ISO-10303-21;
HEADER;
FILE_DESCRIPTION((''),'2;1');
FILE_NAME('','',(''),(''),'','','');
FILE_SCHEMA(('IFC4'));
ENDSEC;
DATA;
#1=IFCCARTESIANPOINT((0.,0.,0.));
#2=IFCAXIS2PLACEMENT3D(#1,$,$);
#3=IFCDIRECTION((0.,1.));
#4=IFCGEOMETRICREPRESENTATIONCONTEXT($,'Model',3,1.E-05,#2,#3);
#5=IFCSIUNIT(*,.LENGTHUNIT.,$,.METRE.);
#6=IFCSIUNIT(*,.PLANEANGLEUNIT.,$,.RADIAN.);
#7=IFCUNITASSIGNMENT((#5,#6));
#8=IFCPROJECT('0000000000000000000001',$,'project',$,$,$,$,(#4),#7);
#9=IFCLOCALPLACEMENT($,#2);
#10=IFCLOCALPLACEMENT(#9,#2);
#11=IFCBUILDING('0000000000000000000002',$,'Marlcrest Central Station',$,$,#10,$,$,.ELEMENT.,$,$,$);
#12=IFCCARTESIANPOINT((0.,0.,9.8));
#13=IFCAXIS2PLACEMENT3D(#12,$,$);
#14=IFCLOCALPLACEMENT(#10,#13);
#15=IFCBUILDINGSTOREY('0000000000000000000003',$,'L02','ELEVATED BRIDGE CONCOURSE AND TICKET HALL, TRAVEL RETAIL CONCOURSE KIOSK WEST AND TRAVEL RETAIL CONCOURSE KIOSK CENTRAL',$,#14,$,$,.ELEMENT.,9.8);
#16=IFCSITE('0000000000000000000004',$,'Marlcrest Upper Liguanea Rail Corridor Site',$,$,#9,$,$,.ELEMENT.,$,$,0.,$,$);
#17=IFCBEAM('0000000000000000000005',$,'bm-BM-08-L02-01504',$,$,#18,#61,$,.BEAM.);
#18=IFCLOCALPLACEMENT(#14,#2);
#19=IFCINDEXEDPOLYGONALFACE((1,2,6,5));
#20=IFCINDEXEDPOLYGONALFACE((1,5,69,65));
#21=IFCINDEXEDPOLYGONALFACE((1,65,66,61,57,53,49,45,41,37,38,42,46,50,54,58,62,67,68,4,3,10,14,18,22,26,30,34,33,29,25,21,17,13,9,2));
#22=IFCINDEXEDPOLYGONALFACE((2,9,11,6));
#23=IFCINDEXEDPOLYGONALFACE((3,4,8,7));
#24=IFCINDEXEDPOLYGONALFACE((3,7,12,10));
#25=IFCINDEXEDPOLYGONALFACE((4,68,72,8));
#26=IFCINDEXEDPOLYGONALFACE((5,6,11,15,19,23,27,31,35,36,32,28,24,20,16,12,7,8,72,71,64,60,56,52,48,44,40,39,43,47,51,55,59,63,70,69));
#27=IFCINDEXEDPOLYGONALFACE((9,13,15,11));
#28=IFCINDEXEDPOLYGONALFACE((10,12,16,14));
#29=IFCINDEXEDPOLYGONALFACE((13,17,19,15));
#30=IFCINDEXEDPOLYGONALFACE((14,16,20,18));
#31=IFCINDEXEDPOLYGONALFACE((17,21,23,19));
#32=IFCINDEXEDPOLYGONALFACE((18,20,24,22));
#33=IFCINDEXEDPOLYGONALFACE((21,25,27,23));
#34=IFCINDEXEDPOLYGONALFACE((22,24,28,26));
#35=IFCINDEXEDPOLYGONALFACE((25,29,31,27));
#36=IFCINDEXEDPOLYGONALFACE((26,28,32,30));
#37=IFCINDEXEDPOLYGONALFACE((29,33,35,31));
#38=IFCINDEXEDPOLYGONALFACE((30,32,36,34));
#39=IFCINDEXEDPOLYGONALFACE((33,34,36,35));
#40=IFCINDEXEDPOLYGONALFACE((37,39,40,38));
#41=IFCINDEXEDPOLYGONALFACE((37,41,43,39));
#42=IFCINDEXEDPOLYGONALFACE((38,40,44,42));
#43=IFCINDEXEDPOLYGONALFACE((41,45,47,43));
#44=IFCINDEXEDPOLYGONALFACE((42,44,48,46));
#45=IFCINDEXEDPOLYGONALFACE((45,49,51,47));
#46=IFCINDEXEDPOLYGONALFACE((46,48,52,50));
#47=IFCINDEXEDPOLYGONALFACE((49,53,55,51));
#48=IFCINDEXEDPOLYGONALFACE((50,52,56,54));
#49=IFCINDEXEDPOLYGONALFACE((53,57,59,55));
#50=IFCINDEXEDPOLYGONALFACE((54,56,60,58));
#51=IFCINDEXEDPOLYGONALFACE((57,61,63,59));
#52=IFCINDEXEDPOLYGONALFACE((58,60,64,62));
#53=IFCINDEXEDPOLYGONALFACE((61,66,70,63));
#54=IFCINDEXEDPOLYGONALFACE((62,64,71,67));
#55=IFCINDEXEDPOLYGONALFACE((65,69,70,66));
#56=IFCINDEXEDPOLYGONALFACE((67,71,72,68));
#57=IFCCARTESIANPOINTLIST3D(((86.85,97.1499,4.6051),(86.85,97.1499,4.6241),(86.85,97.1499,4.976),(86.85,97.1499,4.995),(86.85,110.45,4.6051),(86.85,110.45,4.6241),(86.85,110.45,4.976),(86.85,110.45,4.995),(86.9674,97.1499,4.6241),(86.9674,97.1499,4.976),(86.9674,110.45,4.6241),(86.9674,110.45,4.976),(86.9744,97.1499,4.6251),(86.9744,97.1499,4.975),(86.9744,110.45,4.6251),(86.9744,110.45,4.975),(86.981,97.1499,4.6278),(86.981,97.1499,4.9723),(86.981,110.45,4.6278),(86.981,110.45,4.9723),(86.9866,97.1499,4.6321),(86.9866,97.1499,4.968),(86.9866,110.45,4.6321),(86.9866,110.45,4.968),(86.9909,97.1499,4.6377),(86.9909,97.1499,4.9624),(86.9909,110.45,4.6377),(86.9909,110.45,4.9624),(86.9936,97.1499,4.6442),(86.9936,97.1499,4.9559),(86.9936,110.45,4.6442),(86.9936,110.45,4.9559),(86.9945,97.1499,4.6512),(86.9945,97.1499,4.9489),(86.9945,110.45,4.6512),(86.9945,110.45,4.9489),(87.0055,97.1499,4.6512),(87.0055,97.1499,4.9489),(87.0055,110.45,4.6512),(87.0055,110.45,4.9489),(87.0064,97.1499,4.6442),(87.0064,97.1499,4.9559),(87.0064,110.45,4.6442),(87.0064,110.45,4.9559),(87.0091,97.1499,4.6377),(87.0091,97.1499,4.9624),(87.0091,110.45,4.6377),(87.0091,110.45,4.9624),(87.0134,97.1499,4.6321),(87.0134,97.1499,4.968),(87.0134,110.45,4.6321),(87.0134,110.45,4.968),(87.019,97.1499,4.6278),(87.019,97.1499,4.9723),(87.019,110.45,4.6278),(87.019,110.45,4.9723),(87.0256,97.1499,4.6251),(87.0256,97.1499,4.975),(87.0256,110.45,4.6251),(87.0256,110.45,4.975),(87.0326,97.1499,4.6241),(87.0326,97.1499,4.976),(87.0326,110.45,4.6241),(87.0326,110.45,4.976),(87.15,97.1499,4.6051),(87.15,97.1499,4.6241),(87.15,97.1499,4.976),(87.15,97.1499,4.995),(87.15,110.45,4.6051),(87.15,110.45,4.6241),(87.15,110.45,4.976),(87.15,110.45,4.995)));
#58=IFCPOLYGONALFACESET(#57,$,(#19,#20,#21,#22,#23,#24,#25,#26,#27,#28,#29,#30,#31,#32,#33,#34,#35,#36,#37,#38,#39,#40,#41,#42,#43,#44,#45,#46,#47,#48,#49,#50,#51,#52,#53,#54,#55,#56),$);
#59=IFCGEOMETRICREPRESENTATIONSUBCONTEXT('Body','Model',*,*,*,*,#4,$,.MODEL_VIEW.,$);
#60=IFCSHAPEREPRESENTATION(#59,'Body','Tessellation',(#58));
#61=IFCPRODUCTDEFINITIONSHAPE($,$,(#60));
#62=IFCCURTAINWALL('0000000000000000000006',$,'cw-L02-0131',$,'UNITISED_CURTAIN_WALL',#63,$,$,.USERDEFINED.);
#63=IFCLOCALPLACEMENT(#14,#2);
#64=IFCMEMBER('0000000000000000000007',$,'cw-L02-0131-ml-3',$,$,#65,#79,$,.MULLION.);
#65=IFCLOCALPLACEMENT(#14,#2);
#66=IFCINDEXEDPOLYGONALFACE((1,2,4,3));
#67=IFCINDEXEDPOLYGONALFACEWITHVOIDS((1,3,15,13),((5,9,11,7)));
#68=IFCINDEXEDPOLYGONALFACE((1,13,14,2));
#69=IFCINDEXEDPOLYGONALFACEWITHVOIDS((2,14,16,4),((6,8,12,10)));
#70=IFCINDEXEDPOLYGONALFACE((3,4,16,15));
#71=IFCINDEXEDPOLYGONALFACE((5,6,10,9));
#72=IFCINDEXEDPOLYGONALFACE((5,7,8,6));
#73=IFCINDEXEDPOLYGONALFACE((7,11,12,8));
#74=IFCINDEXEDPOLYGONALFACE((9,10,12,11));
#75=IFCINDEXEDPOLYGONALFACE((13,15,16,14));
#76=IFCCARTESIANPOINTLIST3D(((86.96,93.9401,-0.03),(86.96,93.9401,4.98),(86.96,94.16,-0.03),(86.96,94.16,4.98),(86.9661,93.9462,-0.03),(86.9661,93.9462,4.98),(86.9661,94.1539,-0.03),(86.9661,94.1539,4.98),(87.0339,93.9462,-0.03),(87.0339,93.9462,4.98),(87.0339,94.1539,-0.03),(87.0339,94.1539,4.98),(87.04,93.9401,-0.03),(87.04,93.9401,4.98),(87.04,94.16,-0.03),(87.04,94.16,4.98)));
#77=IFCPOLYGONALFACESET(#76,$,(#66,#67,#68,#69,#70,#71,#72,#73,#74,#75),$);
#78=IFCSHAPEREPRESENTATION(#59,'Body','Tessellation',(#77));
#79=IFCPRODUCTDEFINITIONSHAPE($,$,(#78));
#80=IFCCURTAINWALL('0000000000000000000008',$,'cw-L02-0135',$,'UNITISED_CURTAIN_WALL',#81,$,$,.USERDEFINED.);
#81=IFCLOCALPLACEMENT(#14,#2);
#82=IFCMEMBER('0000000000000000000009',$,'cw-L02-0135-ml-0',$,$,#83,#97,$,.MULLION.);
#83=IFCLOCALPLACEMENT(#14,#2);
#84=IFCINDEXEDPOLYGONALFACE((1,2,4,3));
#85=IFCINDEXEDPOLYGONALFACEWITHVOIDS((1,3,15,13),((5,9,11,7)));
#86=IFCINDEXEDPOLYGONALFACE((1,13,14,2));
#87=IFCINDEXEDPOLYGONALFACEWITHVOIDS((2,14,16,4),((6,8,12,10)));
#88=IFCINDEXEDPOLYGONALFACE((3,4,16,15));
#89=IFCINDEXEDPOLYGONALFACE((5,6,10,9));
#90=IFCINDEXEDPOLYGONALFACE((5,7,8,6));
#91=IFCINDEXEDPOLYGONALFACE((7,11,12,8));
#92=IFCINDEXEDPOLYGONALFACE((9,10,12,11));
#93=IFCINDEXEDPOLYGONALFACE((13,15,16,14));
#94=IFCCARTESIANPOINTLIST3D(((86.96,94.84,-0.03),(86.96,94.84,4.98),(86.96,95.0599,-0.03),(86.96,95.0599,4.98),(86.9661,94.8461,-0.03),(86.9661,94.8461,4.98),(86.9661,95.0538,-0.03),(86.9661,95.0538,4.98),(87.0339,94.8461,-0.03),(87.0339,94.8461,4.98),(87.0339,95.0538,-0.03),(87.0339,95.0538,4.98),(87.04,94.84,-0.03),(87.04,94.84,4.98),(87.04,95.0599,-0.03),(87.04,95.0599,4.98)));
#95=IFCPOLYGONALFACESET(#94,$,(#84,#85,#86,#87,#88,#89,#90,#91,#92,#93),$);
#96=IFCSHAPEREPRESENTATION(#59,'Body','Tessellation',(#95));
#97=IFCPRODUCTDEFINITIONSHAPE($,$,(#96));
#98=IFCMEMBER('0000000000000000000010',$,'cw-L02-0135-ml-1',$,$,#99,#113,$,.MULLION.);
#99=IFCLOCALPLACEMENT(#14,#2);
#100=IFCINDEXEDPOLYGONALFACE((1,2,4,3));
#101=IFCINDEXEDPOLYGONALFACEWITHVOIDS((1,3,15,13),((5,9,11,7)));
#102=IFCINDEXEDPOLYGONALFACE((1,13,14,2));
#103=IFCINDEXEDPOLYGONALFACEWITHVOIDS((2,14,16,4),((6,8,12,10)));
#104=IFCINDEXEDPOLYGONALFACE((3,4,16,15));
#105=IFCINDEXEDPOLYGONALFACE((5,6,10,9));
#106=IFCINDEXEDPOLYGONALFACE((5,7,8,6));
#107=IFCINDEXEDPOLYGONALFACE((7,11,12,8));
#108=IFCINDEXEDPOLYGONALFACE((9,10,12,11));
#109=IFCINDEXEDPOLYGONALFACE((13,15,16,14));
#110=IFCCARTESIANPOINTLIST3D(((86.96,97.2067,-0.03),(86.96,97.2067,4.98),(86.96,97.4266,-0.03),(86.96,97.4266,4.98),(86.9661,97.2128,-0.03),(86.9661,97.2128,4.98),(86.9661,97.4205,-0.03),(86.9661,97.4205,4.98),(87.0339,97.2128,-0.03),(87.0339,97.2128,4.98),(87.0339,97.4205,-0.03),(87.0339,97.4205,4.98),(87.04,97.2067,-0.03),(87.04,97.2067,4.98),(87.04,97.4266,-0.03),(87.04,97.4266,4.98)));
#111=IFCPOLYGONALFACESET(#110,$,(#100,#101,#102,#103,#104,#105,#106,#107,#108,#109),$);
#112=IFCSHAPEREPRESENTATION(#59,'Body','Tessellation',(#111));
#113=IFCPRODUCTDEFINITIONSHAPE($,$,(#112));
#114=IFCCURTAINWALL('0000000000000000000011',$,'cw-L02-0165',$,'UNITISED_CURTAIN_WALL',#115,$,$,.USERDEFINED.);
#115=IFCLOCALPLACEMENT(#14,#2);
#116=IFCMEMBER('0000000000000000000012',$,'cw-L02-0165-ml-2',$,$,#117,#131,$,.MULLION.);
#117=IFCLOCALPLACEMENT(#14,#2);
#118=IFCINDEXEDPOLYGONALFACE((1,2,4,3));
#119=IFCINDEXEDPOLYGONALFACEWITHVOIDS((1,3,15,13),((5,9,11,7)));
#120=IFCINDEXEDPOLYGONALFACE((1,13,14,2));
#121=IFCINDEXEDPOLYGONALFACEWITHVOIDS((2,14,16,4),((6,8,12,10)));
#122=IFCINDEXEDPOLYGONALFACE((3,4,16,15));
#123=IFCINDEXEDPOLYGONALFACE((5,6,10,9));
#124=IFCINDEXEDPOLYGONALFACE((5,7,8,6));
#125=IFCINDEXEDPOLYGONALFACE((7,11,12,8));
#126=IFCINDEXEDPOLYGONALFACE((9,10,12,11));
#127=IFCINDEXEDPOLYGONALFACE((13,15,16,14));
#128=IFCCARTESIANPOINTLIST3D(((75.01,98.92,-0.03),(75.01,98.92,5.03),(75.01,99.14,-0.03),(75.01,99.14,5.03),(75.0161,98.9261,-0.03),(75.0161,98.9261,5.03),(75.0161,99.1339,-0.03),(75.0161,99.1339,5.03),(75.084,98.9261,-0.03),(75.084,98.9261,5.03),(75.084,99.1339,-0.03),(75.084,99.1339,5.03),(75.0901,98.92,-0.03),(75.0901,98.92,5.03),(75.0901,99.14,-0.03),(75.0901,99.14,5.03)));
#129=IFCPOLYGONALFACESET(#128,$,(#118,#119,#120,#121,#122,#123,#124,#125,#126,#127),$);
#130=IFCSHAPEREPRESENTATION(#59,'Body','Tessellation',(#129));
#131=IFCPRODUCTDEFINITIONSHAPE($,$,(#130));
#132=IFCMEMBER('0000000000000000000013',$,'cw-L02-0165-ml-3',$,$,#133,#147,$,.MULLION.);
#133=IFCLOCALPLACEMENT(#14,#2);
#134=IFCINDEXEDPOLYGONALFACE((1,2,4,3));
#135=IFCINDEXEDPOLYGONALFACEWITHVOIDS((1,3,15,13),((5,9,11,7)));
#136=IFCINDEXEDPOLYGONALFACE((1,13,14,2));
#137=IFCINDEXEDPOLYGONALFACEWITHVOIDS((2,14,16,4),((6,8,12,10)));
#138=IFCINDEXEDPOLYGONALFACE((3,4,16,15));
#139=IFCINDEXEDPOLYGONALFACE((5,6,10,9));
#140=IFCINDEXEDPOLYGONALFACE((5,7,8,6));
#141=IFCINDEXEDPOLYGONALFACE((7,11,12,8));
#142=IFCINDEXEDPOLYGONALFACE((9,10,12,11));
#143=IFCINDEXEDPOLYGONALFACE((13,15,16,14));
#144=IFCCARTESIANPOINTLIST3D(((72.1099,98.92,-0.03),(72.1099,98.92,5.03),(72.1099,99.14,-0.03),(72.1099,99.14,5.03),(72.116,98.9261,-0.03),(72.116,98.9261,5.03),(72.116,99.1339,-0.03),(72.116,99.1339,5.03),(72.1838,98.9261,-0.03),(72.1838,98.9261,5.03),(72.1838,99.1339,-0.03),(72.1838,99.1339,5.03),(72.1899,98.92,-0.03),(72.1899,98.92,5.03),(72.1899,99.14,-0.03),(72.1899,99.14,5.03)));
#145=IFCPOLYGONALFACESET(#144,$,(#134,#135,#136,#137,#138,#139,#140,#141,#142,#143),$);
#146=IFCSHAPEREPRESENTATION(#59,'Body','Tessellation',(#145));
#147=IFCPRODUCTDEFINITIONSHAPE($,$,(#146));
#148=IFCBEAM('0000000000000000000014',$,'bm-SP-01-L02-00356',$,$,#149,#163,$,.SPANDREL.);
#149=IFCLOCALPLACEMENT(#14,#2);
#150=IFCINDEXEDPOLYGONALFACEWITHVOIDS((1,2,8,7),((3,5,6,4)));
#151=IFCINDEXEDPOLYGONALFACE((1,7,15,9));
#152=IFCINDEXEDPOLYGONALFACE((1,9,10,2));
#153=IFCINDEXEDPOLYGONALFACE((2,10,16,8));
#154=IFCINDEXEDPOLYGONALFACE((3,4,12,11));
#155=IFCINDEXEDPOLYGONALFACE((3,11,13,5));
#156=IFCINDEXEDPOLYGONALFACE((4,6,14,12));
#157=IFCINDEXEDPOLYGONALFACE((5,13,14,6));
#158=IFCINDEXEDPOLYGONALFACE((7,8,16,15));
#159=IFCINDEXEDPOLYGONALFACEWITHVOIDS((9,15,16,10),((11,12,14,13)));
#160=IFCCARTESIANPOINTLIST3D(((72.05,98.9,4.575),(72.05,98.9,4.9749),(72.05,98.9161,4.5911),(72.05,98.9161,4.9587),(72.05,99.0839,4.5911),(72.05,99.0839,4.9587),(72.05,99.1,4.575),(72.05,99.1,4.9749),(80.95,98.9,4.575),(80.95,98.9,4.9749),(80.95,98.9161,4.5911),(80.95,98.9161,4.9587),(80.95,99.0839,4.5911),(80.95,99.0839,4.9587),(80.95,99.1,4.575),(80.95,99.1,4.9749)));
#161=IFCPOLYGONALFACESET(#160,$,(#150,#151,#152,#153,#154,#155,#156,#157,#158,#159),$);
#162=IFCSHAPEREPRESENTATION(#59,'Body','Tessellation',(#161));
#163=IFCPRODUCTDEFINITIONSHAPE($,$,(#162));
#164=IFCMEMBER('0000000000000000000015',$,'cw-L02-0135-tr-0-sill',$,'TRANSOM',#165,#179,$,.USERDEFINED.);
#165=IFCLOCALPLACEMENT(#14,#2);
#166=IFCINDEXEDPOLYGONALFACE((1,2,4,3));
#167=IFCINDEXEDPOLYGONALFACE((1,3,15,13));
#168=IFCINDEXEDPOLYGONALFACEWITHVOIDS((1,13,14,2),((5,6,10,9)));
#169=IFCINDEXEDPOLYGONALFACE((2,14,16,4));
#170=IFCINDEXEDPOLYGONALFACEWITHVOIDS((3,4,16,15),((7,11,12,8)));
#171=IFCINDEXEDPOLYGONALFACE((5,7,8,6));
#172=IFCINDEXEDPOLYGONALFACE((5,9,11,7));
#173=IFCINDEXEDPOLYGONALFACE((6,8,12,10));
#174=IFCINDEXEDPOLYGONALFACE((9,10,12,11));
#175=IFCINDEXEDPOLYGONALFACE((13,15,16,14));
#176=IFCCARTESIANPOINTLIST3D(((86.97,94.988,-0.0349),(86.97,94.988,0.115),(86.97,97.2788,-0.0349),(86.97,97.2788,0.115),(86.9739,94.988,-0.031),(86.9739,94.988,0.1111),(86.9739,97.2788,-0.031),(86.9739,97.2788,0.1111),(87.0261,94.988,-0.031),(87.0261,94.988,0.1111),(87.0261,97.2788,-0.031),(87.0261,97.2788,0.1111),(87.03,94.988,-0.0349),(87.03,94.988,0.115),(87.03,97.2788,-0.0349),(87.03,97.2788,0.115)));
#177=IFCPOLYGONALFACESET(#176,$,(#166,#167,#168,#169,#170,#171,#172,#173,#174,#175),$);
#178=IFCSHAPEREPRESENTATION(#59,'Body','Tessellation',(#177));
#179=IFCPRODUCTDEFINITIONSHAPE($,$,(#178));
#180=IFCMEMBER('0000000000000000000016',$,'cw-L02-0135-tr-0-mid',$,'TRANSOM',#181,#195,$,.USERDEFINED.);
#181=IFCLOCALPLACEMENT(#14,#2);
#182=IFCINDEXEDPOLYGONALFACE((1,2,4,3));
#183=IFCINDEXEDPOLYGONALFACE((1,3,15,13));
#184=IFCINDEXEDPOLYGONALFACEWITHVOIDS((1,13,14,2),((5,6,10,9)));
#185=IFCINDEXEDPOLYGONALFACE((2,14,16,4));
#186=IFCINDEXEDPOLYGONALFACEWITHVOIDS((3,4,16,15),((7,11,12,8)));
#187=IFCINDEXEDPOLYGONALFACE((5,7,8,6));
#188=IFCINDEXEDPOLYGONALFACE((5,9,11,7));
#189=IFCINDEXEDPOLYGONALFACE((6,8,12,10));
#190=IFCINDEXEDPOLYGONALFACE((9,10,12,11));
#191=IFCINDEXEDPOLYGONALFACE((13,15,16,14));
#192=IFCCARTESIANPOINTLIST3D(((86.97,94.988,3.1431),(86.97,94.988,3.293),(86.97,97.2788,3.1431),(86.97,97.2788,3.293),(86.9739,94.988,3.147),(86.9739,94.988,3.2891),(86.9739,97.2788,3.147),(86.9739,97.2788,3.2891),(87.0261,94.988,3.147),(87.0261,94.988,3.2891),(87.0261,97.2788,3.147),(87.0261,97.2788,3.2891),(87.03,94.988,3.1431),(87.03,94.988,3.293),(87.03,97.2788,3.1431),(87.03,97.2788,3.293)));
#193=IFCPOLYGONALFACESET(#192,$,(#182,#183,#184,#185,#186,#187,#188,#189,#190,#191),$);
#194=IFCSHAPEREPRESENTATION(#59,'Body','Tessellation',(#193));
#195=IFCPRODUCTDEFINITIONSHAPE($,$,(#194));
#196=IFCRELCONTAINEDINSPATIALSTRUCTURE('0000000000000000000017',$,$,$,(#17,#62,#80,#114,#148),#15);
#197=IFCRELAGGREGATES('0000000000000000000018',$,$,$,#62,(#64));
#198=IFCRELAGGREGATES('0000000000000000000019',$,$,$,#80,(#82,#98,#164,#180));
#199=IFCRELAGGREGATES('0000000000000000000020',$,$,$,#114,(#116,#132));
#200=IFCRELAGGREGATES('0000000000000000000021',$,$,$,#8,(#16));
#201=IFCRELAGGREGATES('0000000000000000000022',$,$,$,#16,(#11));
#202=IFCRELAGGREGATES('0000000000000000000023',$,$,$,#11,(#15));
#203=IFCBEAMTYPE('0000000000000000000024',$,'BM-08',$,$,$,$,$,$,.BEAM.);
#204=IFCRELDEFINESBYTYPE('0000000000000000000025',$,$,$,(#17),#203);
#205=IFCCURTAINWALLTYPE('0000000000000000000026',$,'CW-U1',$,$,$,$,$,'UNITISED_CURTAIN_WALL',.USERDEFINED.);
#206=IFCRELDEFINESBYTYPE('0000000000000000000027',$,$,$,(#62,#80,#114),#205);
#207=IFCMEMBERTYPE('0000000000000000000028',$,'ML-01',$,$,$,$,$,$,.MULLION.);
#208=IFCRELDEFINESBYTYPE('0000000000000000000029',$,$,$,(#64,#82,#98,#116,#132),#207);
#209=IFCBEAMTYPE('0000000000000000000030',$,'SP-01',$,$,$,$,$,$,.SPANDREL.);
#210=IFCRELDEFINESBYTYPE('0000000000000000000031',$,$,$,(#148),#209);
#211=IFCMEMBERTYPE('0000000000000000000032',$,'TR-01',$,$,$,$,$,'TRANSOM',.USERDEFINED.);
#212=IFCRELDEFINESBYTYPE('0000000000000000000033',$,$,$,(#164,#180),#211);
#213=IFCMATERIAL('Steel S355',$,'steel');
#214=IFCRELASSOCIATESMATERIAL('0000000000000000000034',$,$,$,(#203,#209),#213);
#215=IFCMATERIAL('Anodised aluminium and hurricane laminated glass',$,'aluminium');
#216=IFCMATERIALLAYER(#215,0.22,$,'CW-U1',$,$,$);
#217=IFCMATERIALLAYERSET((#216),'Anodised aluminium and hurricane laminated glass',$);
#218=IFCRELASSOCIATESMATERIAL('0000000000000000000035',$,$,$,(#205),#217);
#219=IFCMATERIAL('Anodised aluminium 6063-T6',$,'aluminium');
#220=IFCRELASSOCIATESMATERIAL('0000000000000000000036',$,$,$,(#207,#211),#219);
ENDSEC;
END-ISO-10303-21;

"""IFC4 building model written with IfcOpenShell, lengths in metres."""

from ifc_helpers import new_model, si_unit, direction, frame, origin, origin_2d, place, context, subcontext, project, spatial, hollow_rectangle, i_section, extrude, material, layer, layer_set, material_profile, profile_set, type_object, element, aggregate, save


model = new_model("IFC4")

# Units and contexts
model_context = context("Model", 3, precision=1e-05, world=origin(), true_north=direction((0.0, 1.0)))
body_context = subcontext(model_context, "Body", "Model", "MODEL_VIEW")
ifc_project = project(units=[si_unit("LENGTHUNIT", "METRE"), si_unit("PLANEANGLEUNIT", "RADIAN")], contexts=[model_context])

# Site, building, storey
site_placement = place(None, origin())
site = spatial("IfcSite", under=ifc_project, at=site_placement, Name="Marlcrest Upper Liguanea Rail Corridor Site", CompositionType="ELEMENT", RefElevation=0.0)
building_placement = place(site_placement, origin())
building = spatial("IfcBuilding", under=site, at=building_placement, Name="Marlcrest Central Station", CompositionType="ELEMENT")
storey_placement = place(building_placement, frame((0.0, 0.0, 9.8)))
storey = spatial("IfcBuildingStorey", under=building, at=storey_placement, Name="L02", Description="ELEVATED BRIDGE CONCOURSE AND TICKET HALL, TRAVEL RETAIL CONCOURSE KIOSK WEST AND TRAVEL RETAIL CONCOURSE KIOSK CENTRAL", CompositionType="ELEMENT", Elevation=9.8)

# Shared definitions
ifc_material_1 = material(Name="Steel S355", Category="steel")

# Beam
ifc_material_profile_1 = material_profile(ifc_material_1, i_section(OverallWidth=0.3, OverallDepth=0.3899, WebThickness=0.011, FlangeThickness=0.019, FilletRadius=0.0271, at=origin_2d()), Name="HEA 400")
ifc_profile_set_1 = profile_set([ifc_material_profile_1], Name="Steel S355")
beam_type_1 = type_object("IfcBeamType", Name="BM-08", PredefinedType="BEAM", material=ifc_profile_set_1)
beam_1_placement = place(storey_placement, frame((87.0, 97.1499, 4.8), z_axis=(0.0, 1.0, 0.0), x_axis=(-1.0, 0.0, 0.0)))
element("IfcBeam", 1, at=beam_1_placement, inside=storey, type_object=beam_type_1, Name="bm-BM-08-L02-01504", PredefinedType="BEAM", context=body_context, shape_type="SweptSolid", body=[
    extrude(i_section(OverallWidth=0.3, OverallDepth=0.3899, WebThickness=0.011, FlangeThickness=0.019, FilletRadius=0.0271, at=origin_2d()), origin(), (0.0, 0.0, 1.0), 13.3),
])

# Curtain wall, member
ifc_material_2 = material(Name="Anodised aluminium and hurricane laminated glass", Category="aluminium")
ifc_layer_1 = layer(ifc_material_2, 0.22, Name="CW-U1")
ifc_layer_set_1 = layer_set([ifc_layer_1], Name="Anodised aluminium and hurricane laminated glass")
curtain_wall_type = type_object("IfcCurtainWallType", Name="CW-U1", ElementType="UNITISED_CURTAIN_WALL", PredefinedType="USERDEFINED", material=ifc_layer_set_1)
curtain_wall_1_placement = place(storey_placement, origin())
curtain_wall_1 = element("IfcCurtainWall", 2, at=curtain_wall_1_placement, inside=storey, type_object=curtain_wall_type, Name="cw-L02-0131", ObjectType="UNITISED_CURTAIN_WALL", PredefinedType="USERDEFINED")
ifc_material_3 = material(Name="Anodised aluminium 6063-T6", Category="aluminium")
ifc_material_profile_2 = material_profile(ifc_material_3, hollow_rectangle(XDim=0.0801, YDim=0.22, WallThickness=0.0061, at=origin_2d()), Name="AA-RHS 220x80x6")
ifc_profile_set_2 = profile_set([ifc_material_profile_2], Name="Anodised aluminium 6063-T6")
member_type_1 = type_object("IfcMemberType", Name="ML-01", PredefinedType="MULLION", material=ifc_profile_set_2)
member_1_placement = place(storey_placement, frame((87.0, 94.05, -0.03), z_axis=(0.0, 0.0, 1.0), x_axis=(1.0, 0.0, 0.0)))
member_1 = element("IfcMember", 3, at=member_1_placement, type_object=member_type_1, Name="cw-L02-0131-ml-3", PredefinedType="MULLION", context=body_context, shape_type="SweptSolid", body=[
    extrude(hollow_rectangle(XDim=0.0801, YDim=0.22, WallThickness=0.0061, at=origin_2d()), origin(), (0.0, 0.0, 1.0), 5.01),
])
aggregate(curtain_wall_1, [member_1])

# Curtain walls, members
curtain_wall_2_placement = place(storey_placement, origin())
curtain_wall_2 = element("IfcCurtainWall", 4, at=curtain_wall_2_placement, inside=storey, type_object=curtain_wall_type, Name="cw-L02-0135", ObjectType="UNITISED_CURTAIN_WALL", PredefinedType="USERDEFINED")
member_2_placement = place(storey_placement, frame((87.0, 94.95, -0.03), z_axis=(0.0, 0.0, 1.0), x_axis=(1.0, 0.0, 0.0)))
member_2 = element("IfcMember", 5, at=member_2_placement, type_object=member_type_1, Name="cw-L02-0135-ml-0", PredefinedType="MULLION", context=body_context, shape_type="SweptSolid", body=[
    extrude(hollow_rectangle(XDim=0.0801, YDim=0.22, WallThickness=0.0061, at=origin_2d()), origin(), (0.0, 0.0, 1.0), 5.01),
])
member_3_placement = place(storey_placement, frame((87.0, 97.3167, -0.03), z_axis=(0.0, 0.0, 1.0), x_axis=(1.0, 0.0, 0.0)))
member_3 = element("IfcMember", 6, at=member_3_placement, type_object=member_type_1, Name="cw-L02-0135-ml-1", PredefinedType="MULLION", context=body_context, shape_type="SweptSolid", body=[
    extrude(hollow_rectangle(XDim=0.0801, YDim=0.22, WallThickness=0.0061, at=origin_2d()), origin(), (0.0, 0.0, 1.0), 5.01),
])
curtain_wall_3_placement = place(storey_placement, origin())
curtain_wall_3 = element("IfcCurtainWall", 7, at=curtain_wall_3_placement, inside=storey, type_object=curtain_wall_type, Name="cw-L02-0165", ObjectType="UNITISED_CURTAIN_WALL", PredefinedType="USERDEFINED")
member_4_placement = place(storey_placement, frame((75.05, 99.03, -0.03), z_axis=(0.0, 0.0, 1.0), x_axis=(1.0, 0.0, 0.0)))
member_4 = element("IfcMember", 8, at=member_4_placement, type_object=member_type_1, Name="cw-L02-0165-ml-2", PredefinedType="MULLION", context=body_context, shape_type="SweptSolid", body=[
    extrude(hollow_rectangle(XDim=0.0801, YDim=0.22, WallThickness=0.0061, at=origin_2d()), origin(), (0.0, 0.0, 1.0), 5.0601),
])
member_5_placement = place(storey_placement, frame((72.1499, 99.03, -0.03), z_axis=(0.0, 0.0, 1.0), x_axis=(1.0, 0.0, 0.0)))
member_5 = element("IfcMember", 9, at=member_5_placement, type_object=member_type_1, Name="cw-L02-0165-ml-3", PredefinedType="MULLION", context=body_context, shape_type="SweptSolid", body=[
    extrude(hollow_rectangle(XDim=0.0801, YDim=0.22, WallThickness=0.0061, at=origin_2d()), origin(), (0.0, 0.0, 1.0), 5.0601),
])

# Beam
ifc_material_profile_3 = material_profile(ifc_material_1, hollow_rectangle(XDim=0.2, YDim=0.3999, WallThickness=0.0161, at=origin_2d()), Name="RHS 400x200x16")
ifc_profile_set_3 = profile_set([ifc_material_profile_3], Name="Steel S355")
beam_type_2 = type_object("IfcBeamType", Name="SP-01", PredefinedType="SPANDREL", material=ifc_profile_set_3)
beam_2_placement = place(storey_placement, frame((72.05, 99.0, 4.7749), z_axis=(1.0, 0.0, 0.0), x_axis=(0.0, 1.0, 0.0)))
element("IfcBeam", 10, at=beam_2_placement, inside=storey, type_object=beam_type_2, Name="bm-SP-01-L02-00356", PredefinedType="SPANDREL", context=body_context, shape_type="SweptSolid", body=[
    extrude(hollow_rectangle(XDim=0.2, YDim=0.3999, WallThickness=0.0161, at=origin_2d()), origin(), (0.0, 0.0, 1.0), 8.8999),
])

# Members
ifc_material_profile_4 = material_profile(ifc_material_3, hollow_rectangle(XDim=0.0601, YDim=0.1499, WallThickness=0.0039, at=origin_2d()), Name="AA-RHS 150x60x4")
ifc_profile_set_4 = profile_set([ifc_material_profile_4], Name="Anodised aluminium 6063-T6")
member_type_2 = type_object("IfcMemberType", Name="TR-01", ElementType="TRANSOM", PredefinedType="USERDEFINED", material=ifc_profile_set_4)
member_6_placement = place(storey_placement, frame((87.0, 94.988, 0.04), z_axis=(0.0, 1.0, 0.0), x_axis=(-1.0, 0.0, 0.0)))
member_6 = element("IfcMember", 11, at=member_6_placement, type_object=member_type_2, Name="cw-L02-0135-tr-0-sill", ObjectType="TRANSOM", PredefinedType="USERDEFINED", context=body_context, shape_type="SweptSolid", body=[
    extrude(hollow_rectangle(XDim=0.0601, YDim=0.1499, WallThickness=0.0039, at=origin_2d()), origin(), (0.0, 0.0, 1.0), 2.2908),
])
member_7_placement = place(storey_placement, frame((87.0, 94.988, 3.218), z_axis=(0.0, 1.0, 0.0), x_axis=(-1.0, 0.0, 0.0)))
member_7 = element("IfcMember", 12, at=member_7_placement, type_object=member_type_2, Name="cw-L02-0135-tr-0-mid", ObjectType="TRANSOM", PredefinedType="USERDEFINED", context=body_context, shape_type="SweptSolid", body=[
    extrude(hollow_rectangle(XDim=0.0601, YDim=0.1499, WallThickness=0.0039, at=origin_2d()), origin(), (0.0, 0.0, 1.0), 2.2908),
])

aggregate(curtain_wall_2, [member_2, member_3, member_6, member_7])
aggregate(curtain_wall_3, [member_4, member_5])

save(model, "model.ifc")
